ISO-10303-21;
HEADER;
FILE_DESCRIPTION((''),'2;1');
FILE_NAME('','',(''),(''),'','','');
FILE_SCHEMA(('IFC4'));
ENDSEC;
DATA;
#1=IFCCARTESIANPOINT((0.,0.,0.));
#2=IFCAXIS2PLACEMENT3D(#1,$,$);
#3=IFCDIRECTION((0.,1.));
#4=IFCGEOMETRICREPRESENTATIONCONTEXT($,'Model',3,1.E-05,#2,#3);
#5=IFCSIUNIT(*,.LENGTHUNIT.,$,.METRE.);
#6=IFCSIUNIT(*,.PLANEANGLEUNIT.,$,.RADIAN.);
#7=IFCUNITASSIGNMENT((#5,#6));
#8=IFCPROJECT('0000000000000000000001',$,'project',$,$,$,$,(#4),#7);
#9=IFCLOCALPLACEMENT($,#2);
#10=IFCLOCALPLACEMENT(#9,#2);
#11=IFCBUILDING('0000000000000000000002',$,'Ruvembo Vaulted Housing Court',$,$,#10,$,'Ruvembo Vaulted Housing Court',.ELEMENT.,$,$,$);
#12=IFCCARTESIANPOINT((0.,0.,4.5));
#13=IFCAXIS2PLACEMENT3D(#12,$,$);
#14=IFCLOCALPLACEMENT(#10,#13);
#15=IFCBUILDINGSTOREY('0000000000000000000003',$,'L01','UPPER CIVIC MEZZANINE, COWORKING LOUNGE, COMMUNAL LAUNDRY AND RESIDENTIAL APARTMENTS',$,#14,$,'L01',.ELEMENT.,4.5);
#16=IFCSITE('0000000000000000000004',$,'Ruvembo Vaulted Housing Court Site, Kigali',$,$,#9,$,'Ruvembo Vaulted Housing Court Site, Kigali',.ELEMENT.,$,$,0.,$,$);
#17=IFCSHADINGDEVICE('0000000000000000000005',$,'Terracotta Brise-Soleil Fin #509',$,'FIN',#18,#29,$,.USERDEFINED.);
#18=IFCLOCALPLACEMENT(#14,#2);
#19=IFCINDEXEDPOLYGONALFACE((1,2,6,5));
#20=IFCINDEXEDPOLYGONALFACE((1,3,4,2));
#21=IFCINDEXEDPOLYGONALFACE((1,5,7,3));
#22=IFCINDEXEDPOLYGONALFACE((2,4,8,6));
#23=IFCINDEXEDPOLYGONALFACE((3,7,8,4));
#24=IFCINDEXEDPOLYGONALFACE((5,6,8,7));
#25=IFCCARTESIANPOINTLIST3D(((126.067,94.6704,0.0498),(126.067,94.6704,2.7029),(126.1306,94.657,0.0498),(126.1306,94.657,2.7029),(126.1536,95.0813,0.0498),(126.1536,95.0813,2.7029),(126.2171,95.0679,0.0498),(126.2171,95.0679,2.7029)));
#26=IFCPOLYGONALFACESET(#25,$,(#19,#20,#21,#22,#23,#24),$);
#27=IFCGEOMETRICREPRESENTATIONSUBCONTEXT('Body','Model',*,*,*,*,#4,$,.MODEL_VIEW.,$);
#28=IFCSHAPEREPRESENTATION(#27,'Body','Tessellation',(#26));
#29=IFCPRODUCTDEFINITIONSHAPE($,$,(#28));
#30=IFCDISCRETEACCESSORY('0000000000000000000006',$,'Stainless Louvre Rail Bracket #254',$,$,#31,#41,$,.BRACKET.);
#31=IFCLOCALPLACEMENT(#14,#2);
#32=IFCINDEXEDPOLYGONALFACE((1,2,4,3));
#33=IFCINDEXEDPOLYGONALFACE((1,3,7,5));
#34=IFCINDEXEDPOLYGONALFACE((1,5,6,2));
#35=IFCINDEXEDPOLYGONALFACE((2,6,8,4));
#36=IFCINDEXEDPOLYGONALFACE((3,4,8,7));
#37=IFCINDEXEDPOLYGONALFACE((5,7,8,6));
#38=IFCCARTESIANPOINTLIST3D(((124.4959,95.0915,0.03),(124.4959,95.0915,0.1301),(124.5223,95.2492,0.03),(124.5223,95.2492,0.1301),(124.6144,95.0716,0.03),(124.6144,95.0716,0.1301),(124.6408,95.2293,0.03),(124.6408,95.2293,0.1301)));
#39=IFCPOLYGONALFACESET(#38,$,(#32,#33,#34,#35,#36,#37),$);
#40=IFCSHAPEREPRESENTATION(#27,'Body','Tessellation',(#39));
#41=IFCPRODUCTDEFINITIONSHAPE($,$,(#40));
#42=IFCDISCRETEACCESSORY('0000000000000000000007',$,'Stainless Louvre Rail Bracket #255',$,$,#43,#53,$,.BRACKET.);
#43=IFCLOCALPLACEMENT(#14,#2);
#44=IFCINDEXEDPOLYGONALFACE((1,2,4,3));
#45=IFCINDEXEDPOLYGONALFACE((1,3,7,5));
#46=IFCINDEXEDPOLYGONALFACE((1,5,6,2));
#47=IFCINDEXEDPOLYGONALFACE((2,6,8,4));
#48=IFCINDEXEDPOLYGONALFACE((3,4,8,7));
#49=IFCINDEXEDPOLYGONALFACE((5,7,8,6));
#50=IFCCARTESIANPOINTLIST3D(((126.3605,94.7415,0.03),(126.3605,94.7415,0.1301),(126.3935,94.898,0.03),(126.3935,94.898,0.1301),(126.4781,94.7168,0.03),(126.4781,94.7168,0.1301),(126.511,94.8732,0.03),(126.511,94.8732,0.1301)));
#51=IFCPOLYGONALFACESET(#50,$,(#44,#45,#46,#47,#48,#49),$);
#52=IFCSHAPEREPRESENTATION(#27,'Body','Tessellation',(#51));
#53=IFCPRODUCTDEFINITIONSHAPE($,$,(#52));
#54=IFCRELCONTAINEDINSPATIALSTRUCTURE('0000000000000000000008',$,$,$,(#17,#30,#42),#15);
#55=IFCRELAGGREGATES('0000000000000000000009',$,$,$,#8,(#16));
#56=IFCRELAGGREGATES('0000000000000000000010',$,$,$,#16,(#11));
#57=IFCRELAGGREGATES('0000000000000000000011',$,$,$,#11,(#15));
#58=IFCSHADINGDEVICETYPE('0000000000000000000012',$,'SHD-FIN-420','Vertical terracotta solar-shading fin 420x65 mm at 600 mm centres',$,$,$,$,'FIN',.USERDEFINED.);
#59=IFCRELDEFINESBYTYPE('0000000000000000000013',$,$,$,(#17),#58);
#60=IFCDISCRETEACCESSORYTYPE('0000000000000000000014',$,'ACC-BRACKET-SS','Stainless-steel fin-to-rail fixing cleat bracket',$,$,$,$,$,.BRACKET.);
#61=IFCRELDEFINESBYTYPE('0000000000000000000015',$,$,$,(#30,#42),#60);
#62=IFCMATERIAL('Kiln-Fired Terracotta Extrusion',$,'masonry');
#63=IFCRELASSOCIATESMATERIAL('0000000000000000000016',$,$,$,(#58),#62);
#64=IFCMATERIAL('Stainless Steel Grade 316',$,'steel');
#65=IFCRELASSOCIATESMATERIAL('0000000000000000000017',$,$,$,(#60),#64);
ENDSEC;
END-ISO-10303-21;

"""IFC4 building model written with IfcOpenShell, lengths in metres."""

from ifc_helpers import new_model, si_unit, direction, frame, origin, origin_2d, place, context, subcontext, project, spatial, rectangle, extrude, material, type_object, element, save


model = new_model("IFC4")

# Units and contexts
model_context = context("Model", 3, precision=1e-05, world=origin(), true_north=direction((0.0, 1.0)))
body_context = subcontext(model_context, "Body", "Model", "MODEL_VIEW")
ifc_project = project(units=[si_unit("LENGTHUNIT", "METRE"), si_unit("PLANEANGLEUNIT", "RADIAN")], contexts=[model_context])

# Site, building, storey
site_placement = place(None, origin())
site = spatial("IfcSite", under=ifc_project, at=site_placement, Name="Ruvembo Vaulted Housing Court Site, Kigali", LongName="Ruvembo Vaulted Housing Court Site, Kigali", CompositionType="ELEMENT", RefElevation=0.0)
building_placement = place(site_placement, origin())
building = spatial("IfcBuilding", under=site, at=building_placement, Name="Ruvembo Vaulted Housing Court", LongName="Ruvembo Vaulted Housing Court", CompositionType="ELEMENT")
storey_placement = place(building_placement, frame((0.0, 0.0, 4.5)))
storey = spatial("IfcBuildingStorey", under=building, at=storey_placement, Name="L01", Description="UPPER CIVIC MEZZANINE, COWORKING LOUNGE, COMMUNAL LAUNDRY AND RESIDENTIAL APARTMENTS", LongName="L01", CompositionType="ELEMENT", Elevation=4.5)

# Shading device
ifc_material_1 = material(Name="Kiln-Fired Terracotta Extrusion", Category="masonry")
shading_device_type = type_object("IfcShadingDeviceType", Name="SHD-FIN-420", Description="Vertical terracotta solar-shading fin 420x65 mm at 600 mm centres", ElementType="FIN", PredefinedType="USERDEFINED", material=ifc_material_1)
for number, where, z_axis, x_axis, name in (
    (1, (126.1421, 94.8691, 0.0498), (0.0, 0.0, 1.0), (-0.206102, -0.978531, 0.0), "Terracotta Brise-Soleil Fin #509"),
):
    element("IfcShadingDevice", number, at=place(storey_placement, frame(where, z_axis=z_axis, x_axis=x_axis)), inside=storey, type_object=shading_device_type, Name=name, ObjectType="FIN", PredefinedType="USERDEFINED", context=body_context, shape_type="SweptSolid", body=[
        extrude(rectangle(XDim=0.4199, YDim=0.0649, at=origin_2d()), origin(), (0.0, 0.0, 1.0), 2.6531),
    ])

# Discrete accessories
ifc_material_2 = material(Name="Stainless Steel Grade 316", Category="steel")
discrete_accessory_type = type_object("IfcDiscreteAccessoryType", Name="ACC-BRACKET-SS", Description="Stainless-steel fin-to-rail fixing cleat bracket", PredefinedType="BRACKET", material=ifc_material_2)
for number, where, z_axis, x_axis, name in (
    (2, (124.5684, 95.1604, 0.03), (0.0, 0.0, 1.0), (-0.165271, -0.986248, 0.0), "Stainless Louvre Rail Bracket #254"),
    (3, (126.4358, 94.8074, 0.03), (0.0, 0.0, 1.0), (-0.206102, -0.978531, 0.0), "Stainless Louvre Rail Bracket #255"),
):
    element("IfcDiscreteAccessory", number, at=place(storey_placement, frame(where, z_axis=z_axis, x_axis=x_axis)), inside=storey, type_object=discrete_accessory_type, Name=name, PredefinedType="BRACKET", context=body_context, shape_type="SweptSolid", body=[
        extrude(rectangle(XDim=0.1599, YDim=0.1201, at=origin_2d()), origin(), (0.0, 0.0, 1.0), 0.1001),
    ])

save(model, "model.ifc")
